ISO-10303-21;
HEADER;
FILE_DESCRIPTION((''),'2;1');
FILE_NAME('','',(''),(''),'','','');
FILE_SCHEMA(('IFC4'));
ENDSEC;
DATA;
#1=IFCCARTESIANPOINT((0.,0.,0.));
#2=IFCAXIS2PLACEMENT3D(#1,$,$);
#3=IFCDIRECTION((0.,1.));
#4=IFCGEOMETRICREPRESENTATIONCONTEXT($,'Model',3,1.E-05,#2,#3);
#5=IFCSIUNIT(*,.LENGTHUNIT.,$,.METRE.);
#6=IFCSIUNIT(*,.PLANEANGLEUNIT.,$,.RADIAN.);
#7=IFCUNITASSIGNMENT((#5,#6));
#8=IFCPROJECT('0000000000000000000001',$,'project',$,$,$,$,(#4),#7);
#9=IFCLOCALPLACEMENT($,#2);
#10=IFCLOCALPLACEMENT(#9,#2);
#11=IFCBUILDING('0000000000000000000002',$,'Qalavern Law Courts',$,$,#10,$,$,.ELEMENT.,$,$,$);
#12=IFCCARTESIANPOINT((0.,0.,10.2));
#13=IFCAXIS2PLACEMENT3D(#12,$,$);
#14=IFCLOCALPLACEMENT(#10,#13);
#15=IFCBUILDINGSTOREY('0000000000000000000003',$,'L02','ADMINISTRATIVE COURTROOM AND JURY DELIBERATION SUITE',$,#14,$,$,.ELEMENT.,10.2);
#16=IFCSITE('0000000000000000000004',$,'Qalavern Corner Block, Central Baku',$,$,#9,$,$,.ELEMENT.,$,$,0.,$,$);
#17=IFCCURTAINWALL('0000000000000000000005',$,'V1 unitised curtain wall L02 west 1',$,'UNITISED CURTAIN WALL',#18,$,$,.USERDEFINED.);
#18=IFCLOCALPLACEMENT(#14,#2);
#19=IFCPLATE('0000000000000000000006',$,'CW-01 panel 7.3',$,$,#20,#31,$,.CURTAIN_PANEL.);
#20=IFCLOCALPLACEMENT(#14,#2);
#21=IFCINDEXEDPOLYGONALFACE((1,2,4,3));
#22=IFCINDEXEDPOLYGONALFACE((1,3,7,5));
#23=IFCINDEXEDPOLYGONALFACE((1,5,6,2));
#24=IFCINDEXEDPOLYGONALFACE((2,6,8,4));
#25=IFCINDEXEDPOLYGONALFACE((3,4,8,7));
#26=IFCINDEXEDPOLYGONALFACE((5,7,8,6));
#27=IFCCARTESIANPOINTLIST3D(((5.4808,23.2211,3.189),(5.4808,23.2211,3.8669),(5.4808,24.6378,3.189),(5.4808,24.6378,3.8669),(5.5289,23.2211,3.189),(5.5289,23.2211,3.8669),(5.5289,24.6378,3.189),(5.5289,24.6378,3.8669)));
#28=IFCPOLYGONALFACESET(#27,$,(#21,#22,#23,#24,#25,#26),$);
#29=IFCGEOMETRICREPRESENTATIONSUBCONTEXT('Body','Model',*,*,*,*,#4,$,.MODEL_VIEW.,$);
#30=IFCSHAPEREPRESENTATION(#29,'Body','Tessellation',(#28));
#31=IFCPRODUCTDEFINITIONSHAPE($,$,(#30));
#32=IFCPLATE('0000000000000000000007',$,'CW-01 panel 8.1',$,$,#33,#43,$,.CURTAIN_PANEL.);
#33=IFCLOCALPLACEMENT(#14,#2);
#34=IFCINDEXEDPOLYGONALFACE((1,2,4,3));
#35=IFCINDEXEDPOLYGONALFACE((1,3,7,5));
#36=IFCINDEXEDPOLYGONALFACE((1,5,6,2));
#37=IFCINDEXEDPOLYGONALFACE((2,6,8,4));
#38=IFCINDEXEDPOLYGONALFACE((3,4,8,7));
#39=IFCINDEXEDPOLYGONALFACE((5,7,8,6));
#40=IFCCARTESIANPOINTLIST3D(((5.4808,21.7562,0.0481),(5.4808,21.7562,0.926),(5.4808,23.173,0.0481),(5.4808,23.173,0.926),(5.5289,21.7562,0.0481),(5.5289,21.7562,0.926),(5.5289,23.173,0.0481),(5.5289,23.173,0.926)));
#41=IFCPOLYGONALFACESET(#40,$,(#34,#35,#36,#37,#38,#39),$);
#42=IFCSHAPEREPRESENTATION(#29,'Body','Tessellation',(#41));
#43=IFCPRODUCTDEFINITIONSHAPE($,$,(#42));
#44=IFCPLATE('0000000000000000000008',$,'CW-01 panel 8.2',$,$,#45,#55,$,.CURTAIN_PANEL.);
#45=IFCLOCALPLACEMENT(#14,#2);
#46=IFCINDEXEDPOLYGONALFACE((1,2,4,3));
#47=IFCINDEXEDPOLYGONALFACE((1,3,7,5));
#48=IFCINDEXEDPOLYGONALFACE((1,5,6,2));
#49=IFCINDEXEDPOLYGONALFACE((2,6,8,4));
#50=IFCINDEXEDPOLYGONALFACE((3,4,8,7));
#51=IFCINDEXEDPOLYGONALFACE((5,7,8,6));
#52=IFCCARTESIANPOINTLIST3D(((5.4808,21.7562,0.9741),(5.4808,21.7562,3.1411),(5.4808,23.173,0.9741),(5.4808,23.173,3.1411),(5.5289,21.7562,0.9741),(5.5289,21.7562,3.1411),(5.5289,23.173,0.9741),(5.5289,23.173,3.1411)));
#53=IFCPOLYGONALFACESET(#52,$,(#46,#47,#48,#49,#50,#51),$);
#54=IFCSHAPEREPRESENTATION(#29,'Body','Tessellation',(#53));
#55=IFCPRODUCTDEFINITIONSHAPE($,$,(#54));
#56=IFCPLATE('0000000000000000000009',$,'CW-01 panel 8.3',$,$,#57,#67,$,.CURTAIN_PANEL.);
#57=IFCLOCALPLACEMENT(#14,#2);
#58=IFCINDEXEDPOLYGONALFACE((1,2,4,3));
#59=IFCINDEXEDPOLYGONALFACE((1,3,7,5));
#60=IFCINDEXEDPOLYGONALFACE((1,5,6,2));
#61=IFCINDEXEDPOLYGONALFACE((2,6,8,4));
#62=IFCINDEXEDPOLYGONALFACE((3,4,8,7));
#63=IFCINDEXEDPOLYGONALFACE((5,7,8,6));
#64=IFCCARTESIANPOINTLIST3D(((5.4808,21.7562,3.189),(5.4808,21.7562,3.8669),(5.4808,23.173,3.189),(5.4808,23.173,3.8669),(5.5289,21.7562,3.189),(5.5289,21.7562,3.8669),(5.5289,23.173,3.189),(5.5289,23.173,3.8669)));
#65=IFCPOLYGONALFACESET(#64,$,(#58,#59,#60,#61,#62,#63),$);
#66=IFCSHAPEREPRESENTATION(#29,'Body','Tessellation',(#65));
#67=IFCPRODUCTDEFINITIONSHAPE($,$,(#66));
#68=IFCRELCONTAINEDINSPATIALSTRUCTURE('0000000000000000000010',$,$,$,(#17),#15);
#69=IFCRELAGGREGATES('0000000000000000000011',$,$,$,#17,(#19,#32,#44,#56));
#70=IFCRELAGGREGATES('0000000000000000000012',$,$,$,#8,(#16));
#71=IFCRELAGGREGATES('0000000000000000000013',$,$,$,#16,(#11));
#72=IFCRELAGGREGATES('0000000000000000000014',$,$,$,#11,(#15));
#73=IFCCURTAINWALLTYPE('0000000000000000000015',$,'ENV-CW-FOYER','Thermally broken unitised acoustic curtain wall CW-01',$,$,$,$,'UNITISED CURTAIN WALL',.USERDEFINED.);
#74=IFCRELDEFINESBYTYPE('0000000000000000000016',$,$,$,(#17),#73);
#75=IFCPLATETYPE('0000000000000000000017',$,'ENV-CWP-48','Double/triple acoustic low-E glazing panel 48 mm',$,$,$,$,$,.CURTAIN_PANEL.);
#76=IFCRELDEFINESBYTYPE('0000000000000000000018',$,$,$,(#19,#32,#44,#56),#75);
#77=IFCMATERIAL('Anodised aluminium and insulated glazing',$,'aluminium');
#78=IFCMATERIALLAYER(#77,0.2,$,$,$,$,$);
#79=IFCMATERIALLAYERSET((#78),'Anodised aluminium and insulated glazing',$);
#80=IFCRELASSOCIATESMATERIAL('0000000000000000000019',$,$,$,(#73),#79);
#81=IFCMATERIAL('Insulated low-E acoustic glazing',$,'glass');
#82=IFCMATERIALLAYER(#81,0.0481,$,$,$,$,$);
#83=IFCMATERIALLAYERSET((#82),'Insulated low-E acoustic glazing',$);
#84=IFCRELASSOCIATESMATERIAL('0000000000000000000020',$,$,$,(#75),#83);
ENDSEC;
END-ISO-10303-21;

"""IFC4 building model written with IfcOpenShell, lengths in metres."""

from ifc_helpers import new_model, si_unit, direction, frame, origin, origin_2d, place, context, subcontext, project, spatial, rectangle, extrude, material, layer, layer_set, type_object, element, aggregate, save


model = new_model("IFC4")

# Units and contexts
model_context = context("Model", 3, precision=1e-05, world=origin(), true_north=direction((0.0, 1.0)))
body_context = subcontext(model_context, "Body", "Model", "MODEL_VIEW")
ifc_project = project(units=[si_unit("LENGTHUNIT", "METRE"), si_unit("PLANEANGLEUNIT", "RADIAN")], contexts=[model_context])

# Site, building, storey
site_placement = place(None, origin())
site = spatial("IfcSite", under=ifc_project, at=site_placement, Name="Qalavern Corner Block, Central Baku", CompositionType="ELEMENT", RefElevation=0.0)
building_placement = place(site_placement, origin())
building = spatial("IfcBuilding", under=site, at=building_placement, Name="Qalavern Law Courts", CompositionType="ELEMENT")
storey_placement = place(building_placement, frame((0.0, 0.0, 10.2)))
storey = spatial("IfcBuildingStorey", under=building, at=storey_placement, Name="L02", Description="ADMINISTRATIVE COURTROOM AND JURY DELIBERATION SUITE", CompositionType="ELEMENT", Elevation=10.2)

# Curtain wall
ifc_material_1 = material(Name="Anodised aluminium and insulated glazing", Category="aluminium")
ifc_layer_1 = layer(ifc_material_1, 0.2)
ifc_layer_set_1 = layer_set([ifc_layer_1], Name="Anodised aluminium and insulated glazing")
curtain_wall_type = type_object("IfcCurtainWallType", Name="ENV-CW-FOYER", Description="Thermally broken unitised acoustic curtain wall CW-01", ElementType="UNITISED CURTAIN WALL", PredefinedType="USERDEFINED", material=ifc_layer_set_1)
curtain_wall_placement = place(storey_placement, origin())
curtain_wall = element("IfcCurtainWall", 1, at=curtain_wall_placement, inside=storey, type_object=curtain_wall_type, Name="V1 unitised curtain wall L02 west 1", ObjectType="UNITISED CURTAIN WALL", PredefinedType="USERDEFINED")

# Plates
ifc_material_2 = material(Name="Insulated low-E acoustic glazing", Category="glass")
ifc_layer_2 = layer(ifc_material_2, 0.0481)
ifc_layer_set_2 = layer_set([ifc_layer_2], Name="Insulated low-E acoustic glazing")
plate_type = type_object("IfcPlateType", Name="ENV-CWP-48", Description="Double/triple acoustic low-E glazing panel 48 mm", PredefinedType="CURTAIN_PANEL", material=ifc_layer_set_2)
plate_1_placement = place(storey_placement, frame((5.5049, 23.9294, 3.189), z_axis=(0.0, 0.0, 1.0), x_axis=(0.0, -1.0, 0.0)))
plate_1 = element("IfcPlate", 2, at=plate_1_placement, type_object=plate_type, Name="CW-01 panel 7.3", PredefinedType="CURTAIN_PANEL", context=body_context, shape_type="SweptSolid", body=[
    extrude(rectangle(XDim=1.4167, YDim=0.0481, at=origin_2d()), origin(), (0.0, 0.0, 1.0), 0.678),
])
plate_2_placement = place(storey_placement, frame((5.5049, 22.4646, 0.0481), z_axis=(0.0, 0.0, 1.0), x_axis=(0.0, -1.0, 0.0)))
plate_2 = element("IfcPlate", 3, at=plate_2_placement, type_object=plate_type, Name="CW-01 panel 8.1", PredefinedType="CURTAIN_PANEL", context=body_context, shape_type="SweptSolid", body=[
    extrude(rectangle(XDim=1.4167, YDim=0.0481, at=origin_2d()), origin(), (0.0, 0.0, 1.0), 0.8779),
])
plate_3_placement = place(storey_placement, frame((5.5049, 22.4646, 0.9741), z_axis=(0.0, 0.0, 1.0), x_axis=(0.0, -1.0, 0.0)))
plate_3 = element("IfcPlate", 4, at=plate_3_placement, type_object=plate_type, Name="CW-01 panel 8.2", PredefinedType="CURTAIN_PANEL", context=body_context, shape_type="SweptSolid", body=[
    extrude(rectangle(XDim=1.4167, YDim=0.0481, at=origin_2d()), origin(), (0.0, 0.0, 1.0), 2.167),
])
plate_4_placement = place(storey_placement, frame((5.5049, 22.4646, 3.189), z_axis=(0.0, 0.0, 1.0), x_axis=(0.0, -1.0, 0.0)))
plate_4 = element("IfcPlate", 5, at=plate_4_placement, type_object=plate_type, Name="CW-01 panel 8.3", PredefinedType="CURTAIN_PANEL", context=body_context, shape_type="SweptSolid", body=[
    extrude(rectangle(XDim=1.4167, YDim=0.0481, at=origin_2d()), origin(), (0.0, 0.0, 1.0), 0.678),
])
aggregate(curtain_wall, [plate_1, plate_2, plate_3, plate_4])

save(model, "model.ifc")
